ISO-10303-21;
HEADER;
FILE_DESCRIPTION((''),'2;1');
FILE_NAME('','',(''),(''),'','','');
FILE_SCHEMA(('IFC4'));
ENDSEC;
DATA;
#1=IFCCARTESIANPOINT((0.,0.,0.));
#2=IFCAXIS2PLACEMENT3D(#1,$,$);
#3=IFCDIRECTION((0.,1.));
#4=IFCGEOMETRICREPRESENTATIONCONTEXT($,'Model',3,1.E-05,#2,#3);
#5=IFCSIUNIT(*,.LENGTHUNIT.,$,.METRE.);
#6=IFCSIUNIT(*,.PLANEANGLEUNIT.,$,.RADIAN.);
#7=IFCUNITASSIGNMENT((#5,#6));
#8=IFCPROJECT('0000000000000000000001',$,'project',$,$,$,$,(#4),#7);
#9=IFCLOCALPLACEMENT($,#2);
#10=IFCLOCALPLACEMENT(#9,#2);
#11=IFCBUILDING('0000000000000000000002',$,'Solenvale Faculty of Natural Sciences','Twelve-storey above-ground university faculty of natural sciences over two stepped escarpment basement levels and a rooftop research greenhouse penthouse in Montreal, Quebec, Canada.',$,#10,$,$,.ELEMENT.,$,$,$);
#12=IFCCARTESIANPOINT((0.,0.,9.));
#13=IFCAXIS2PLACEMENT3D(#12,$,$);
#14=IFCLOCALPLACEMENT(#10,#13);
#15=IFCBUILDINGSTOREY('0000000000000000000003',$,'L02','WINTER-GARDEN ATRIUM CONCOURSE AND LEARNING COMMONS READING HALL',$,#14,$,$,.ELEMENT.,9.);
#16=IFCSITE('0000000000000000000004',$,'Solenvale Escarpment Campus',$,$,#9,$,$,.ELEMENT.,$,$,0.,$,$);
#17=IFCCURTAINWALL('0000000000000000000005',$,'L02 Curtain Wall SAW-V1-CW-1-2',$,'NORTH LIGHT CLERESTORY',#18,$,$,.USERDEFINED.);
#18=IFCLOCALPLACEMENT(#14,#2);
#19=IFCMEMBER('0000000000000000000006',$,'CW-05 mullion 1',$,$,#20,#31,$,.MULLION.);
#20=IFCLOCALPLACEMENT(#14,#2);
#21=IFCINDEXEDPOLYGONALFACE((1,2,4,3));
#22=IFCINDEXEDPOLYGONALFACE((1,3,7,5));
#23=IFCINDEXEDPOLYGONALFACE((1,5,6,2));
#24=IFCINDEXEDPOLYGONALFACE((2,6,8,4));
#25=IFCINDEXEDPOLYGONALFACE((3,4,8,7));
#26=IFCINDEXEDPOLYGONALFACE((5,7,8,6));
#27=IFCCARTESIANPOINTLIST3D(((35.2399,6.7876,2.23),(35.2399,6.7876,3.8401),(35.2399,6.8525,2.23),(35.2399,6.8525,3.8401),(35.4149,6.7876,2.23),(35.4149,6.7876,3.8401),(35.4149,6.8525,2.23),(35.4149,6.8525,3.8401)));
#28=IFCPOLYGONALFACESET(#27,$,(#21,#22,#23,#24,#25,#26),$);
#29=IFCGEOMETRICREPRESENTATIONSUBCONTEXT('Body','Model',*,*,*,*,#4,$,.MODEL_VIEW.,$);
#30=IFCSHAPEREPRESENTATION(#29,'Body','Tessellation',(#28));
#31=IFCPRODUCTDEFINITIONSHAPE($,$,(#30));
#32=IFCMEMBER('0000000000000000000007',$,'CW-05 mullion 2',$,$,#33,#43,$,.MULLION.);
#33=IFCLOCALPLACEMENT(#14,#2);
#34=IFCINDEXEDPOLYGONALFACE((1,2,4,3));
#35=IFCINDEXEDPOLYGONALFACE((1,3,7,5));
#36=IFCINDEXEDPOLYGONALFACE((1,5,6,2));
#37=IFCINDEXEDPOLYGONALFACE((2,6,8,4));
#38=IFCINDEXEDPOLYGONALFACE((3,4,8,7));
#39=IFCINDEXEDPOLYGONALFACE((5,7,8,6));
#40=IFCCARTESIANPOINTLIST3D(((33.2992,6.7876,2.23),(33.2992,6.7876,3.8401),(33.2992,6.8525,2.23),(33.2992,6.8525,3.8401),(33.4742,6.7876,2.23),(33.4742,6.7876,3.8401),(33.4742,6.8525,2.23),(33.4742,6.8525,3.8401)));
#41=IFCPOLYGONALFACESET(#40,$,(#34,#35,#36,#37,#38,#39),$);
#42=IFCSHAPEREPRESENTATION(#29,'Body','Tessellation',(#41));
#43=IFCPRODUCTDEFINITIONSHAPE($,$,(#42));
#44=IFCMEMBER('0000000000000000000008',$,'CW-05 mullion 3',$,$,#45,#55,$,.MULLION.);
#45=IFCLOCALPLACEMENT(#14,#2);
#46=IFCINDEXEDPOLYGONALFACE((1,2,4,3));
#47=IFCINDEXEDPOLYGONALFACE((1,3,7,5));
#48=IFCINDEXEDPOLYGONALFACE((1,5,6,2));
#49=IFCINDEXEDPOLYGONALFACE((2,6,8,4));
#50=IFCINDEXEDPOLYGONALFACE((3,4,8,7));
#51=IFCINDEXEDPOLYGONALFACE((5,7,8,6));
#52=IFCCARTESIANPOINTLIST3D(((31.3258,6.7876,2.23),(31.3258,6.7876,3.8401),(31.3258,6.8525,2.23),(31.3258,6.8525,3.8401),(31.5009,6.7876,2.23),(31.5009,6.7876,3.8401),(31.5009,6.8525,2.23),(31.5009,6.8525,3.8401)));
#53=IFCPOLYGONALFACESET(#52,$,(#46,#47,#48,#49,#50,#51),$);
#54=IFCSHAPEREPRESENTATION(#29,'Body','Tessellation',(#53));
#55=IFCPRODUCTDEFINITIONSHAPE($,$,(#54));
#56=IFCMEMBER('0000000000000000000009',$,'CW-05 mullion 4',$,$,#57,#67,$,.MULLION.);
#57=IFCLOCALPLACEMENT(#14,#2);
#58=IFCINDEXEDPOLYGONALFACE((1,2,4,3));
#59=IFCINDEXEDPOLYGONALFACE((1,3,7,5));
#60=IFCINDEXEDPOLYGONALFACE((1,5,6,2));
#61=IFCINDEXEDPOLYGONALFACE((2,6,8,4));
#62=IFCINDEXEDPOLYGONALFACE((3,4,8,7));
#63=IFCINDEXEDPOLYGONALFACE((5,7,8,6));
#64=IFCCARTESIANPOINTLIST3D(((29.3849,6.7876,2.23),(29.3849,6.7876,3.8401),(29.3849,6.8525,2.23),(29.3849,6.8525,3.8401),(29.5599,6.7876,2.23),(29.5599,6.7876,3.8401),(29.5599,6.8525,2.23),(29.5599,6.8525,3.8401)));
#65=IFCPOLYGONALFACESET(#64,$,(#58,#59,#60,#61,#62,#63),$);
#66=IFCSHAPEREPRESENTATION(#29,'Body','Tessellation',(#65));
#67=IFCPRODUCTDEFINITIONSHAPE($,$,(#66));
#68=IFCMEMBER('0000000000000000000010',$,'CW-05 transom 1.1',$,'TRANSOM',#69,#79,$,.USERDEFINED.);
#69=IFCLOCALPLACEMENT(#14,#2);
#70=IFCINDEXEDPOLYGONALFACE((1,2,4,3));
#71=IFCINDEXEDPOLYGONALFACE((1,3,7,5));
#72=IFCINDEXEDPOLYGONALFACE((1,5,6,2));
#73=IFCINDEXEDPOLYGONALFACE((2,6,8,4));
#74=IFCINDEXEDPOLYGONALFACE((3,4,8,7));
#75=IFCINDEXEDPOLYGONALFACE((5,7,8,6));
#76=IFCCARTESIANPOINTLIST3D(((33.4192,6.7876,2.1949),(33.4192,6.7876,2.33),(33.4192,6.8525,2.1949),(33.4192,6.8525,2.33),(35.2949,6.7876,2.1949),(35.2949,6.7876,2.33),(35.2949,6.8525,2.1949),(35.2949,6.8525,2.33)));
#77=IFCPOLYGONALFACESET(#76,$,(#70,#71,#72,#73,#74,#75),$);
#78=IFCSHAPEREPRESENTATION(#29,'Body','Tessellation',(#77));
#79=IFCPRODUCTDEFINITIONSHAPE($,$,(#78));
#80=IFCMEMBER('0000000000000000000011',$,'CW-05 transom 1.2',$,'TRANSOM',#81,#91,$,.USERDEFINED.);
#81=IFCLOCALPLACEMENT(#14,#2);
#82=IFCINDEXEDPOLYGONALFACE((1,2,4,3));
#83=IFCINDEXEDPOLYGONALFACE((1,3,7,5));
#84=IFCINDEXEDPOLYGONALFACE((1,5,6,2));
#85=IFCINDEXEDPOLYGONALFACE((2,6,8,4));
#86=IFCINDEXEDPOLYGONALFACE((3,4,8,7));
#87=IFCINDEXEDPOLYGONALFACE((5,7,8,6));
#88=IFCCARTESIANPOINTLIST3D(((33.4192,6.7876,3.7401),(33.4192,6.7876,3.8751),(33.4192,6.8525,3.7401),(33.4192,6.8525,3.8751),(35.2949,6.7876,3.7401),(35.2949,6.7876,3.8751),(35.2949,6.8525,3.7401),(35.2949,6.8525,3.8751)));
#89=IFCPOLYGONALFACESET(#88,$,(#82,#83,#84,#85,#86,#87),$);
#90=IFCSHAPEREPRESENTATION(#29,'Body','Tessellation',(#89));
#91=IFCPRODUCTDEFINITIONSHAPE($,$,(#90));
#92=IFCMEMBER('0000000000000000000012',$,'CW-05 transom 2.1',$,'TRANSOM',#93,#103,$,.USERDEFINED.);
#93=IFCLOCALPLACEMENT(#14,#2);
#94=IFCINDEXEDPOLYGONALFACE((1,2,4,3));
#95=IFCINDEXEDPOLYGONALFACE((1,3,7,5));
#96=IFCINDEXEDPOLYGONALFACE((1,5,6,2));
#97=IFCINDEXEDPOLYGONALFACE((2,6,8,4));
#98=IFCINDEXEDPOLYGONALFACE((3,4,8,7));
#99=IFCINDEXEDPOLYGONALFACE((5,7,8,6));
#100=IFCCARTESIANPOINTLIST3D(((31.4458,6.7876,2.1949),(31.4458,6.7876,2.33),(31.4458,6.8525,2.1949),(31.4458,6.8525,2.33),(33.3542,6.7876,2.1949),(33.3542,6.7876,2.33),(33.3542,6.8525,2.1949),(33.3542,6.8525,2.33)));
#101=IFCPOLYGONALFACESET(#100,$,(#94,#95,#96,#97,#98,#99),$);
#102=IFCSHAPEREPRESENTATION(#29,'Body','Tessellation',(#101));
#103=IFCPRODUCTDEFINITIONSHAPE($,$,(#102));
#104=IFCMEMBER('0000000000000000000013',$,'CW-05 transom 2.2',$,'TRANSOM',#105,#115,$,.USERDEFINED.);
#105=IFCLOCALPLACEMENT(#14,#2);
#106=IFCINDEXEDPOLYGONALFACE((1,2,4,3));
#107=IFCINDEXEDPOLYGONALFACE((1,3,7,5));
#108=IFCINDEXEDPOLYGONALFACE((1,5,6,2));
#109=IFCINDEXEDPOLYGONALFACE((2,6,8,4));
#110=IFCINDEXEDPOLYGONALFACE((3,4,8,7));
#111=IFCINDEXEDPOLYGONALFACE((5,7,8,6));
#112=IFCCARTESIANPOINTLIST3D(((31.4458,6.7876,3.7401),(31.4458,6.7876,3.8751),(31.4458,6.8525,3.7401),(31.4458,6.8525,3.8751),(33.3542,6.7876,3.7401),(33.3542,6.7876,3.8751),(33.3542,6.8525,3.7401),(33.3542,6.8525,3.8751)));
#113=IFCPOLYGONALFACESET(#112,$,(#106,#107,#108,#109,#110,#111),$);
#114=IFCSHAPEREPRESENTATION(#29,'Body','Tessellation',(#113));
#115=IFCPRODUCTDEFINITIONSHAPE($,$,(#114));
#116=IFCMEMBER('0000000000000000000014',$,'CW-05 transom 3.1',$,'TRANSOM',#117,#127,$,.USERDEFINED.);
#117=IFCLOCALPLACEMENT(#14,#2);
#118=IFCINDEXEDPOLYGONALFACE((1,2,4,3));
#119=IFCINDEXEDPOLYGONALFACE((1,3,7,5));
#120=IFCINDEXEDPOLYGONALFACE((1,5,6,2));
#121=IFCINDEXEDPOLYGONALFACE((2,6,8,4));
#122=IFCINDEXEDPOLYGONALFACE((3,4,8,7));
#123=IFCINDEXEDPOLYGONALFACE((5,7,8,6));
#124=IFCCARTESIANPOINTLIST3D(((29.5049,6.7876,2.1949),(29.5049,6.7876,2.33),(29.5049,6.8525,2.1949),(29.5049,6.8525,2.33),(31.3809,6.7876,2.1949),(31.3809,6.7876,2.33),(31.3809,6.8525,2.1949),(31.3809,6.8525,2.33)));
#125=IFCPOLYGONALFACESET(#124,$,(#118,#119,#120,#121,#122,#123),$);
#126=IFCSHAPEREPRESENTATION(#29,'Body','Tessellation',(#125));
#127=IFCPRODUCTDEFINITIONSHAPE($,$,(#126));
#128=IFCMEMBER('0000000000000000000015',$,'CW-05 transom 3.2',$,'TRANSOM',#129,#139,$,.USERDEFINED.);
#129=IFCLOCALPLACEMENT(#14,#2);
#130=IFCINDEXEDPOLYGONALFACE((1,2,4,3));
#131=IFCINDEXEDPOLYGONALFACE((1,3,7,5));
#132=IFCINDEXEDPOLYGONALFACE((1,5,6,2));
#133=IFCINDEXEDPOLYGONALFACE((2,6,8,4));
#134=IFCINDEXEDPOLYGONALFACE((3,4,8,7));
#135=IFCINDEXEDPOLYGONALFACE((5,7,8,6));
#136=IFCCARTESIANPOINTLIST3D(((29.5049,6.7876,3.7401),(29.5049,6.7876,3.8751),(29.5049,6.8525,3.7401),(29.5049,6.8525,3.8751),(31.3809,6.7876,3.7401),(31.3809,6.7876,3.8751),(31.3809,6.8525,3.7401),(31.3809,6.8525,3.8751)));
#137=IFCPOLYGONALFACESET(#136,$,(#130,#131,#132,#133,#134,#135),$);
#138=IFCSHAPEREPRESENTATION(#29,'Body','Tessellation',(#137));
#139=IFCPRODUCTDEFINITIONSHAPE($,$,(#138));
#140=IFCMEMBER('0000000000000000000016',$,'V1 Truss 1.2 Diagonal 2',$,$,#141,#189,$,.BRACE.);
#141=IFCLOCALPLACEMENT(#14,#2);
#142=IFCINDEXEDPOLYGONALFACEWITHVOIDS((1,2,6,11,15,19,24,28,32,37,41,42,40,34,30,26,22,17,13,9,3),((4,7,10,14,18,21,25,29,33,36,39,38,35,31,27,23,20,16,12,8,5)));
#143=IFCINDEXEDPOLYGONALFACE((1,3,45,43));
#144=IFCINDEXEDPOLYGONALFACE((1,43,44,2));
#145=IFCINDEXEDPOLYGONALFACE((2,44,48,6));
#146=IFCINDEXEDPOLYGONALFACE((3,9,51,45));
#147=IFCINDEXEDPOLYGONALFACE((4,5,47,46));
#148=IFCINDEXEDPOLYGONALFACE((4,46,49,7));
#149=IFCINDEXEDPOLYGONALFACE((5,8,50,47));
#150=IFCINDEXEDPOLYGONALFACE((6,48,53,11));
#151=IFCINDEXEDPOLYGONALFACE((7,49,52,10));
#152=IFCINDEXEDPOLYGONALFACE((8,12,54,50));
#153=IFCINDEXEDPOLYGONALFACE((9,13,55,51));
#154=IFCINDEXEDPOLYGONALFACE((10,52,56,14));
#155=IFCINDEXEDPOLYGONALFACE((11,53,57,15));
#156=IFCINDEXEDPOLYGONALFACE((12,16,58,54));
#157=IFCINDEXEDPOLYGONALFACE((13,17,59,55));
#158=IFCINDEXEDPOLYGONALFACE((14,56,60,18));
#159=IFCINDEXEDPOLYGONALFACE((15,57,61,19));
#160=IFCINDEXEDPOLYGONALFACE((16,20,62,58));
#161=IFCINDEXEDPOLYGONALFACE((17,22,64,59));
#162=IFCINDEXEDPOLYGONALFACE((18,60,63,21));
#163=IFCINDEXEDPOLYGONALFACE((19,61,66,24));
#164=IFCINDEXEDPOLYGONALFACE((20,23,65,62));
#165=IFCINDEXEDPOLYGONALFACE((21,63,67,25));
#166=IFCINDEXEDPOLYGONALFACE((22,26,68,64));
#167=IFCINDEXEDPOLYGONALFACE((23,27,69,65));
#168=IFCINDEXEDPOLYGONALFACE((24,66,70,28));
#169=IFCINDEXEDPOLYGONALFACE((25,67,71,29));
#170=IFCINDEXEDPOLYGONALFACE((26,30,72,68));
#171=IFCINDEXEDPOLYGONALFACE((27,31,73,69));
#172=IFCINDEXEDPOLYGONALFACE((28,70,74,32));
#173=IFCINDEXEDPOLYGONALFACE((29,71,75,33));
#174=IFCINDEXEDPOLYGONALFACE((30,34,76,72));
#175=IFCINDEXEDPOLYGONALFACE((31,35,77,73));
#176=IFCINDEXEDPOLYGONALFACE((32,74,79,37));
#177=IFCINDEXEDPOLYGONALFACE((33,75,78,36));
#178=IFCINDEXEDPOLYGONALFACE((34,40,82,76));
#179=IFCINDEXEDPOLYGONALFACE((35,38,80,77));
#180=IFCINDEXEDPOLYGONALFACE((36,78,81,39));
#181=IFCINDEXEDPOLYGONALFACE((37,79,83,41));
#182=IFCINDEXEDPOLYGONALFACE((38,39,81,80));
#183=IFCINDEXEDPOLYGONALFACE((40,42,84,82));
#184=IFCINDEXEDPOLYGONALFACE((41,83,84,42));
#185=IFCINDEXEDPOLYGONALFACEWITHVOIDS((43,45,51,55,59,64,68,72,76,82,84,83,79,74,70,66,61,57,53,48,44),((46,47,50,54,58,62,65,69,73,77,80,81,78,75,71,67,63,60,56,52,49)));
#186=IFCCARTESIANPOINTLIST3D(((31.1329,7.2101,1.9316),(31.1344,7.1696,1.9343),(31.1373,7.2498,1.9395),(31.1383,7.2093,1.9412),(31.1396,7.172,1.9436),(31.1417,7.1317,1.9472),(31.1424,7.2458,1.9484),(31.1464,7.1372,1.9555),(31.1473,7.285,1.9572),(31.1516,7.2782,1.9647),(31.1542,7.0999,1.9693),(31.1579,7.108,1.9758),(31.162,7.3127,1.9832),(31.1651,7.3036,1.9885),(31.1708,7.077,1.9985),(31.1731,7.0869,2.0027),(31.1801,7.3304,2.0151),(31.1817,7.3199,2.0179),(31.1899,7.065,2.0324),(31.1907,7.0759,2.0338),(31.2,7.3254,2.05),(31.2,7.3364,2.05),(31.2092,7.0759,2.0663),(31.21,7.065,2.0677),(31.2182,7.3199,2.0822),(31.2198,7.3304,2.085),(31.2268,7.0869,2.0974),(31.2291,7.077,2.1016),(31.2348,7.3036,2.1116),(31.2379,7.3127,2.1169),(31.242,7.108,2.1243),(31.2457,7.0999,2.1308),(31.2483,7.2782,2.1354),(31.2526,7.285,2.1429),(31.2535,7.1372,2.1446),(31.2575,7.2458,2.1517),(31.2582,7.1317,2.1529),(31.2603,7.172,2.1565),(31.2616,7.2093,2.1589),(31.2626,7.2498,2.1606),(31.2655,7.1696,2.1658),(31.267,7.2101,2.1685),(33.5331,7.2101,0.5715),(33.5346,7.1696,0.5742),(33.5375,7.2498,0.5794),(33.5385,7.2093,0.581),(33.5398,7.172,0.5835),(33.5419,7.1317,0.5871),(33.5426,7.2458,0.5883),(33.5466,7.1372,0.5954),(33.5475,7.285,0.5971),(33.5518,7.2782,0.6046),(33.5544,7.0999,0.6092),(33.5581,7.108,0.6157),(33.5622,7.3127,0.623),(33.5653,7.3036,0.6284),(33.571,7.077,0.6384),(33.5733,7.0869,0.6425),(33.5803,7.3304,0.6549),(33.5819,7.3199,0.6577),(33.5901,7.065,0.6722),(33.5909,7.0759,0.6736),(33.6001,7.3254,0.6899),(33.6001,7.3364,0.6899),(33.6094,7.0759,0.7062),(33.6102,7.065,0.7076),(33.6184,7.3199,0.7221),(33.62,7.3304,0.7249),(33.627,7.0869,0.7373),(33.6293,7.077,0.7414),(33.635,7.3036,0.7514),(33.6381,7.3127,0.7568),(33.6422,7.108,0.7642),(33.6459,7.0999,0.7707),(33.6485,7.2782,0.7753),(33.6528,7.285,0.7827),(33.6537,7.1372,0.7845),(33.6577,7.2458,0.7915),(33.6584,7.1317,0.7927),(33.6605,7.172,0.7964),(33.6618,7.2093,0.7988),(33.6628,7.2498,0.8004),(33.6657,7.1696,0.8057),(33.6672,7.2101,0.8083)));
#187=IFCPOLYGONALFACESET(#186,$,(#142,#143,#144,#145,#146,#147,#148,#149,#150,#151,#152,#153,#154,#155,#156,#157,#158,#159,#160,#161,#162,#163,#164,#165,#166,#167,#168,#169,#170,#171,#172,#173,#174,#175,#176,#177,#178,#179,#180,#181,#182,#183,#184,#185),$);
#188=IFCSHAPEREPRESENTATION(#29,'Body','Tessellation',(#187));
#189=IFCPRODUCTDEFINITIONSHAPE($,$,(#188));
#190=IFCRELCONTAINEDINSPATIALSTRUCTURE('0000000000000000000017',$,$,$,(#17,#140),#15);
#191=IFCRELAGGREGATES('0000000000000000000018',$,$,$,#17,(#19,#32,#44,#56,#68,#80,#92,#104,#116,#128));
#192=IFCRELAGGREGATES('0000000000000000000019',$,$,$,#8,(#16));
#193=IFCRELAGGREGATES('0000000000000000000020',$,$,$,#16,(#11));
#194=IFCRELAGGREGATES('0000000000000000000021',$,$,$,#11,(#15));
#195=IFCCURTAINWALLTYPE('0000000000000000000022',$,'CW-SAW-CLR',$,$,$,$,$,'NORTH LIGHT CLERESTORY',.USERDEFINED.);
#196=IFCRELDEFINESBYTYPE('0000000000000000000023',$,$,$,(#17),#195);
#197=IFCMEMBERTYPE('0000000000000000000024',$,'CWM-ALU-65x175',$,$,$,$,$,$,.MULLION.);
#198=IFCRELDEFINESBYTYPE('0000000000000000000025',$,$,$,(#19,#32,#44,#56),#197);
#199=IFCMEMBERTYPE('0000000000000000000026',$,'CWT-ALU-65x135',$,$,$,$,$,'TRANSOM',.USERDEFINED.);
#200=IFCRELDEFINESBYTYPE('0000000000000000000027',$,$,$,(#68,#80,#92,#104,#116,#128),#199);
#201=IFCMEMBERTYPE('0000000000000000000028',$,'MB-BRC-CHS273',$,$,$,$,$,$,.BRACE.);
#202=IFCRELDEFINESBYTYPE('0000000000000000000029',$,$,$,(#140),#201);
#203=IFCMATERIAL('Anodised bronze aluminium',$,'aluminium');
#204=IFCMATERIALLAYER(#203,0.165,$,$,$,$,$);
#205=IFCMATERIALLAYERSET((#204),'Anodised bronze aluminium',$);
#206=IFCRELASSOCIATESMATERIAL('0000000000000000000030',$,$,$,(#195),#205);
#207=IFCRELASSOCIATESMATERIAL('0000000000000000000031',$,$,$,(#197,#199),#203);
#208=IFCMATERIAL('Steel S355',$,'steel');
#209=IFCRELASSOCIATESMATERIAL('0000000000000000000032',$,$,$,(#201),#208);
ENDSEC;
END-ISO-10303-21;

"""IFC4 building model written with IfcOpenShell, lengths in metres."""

from ifc_helpers import new_model, si_unit, direction, frame, origin, origin_2d, place, context, subcontext, project, spatial, rectangle, hollow_circle, extrude, material, layer, layer_set, material_profile, profile_set, type_object, element, aggregate, save


model = new_model("IFC4")

# Units and contexts
model_context = context("Model", 3, precision=1e-05, world=origin(), true_north=direction((0.0, 1.0)))
body_context = subcontext(model_context, "Body", "Model", "MODEL_VIEW")
ifc_project = project(units=[si_unit("LENGTHUNIT", "METRE"), si_unit("PLANEANGLEUNIT", "RADIAN")], contexts=[model_context])

# Site, building, storey
site_placement = place(None, origin())
site = spatial("IfcSite", under=ifc_project, at=site_placement, Name="Solenvale Escarpment Campus", CompositionType="ELEMENT", RefElevation=0.0)
building_placement = place(site_placement, origin())
building = spatial("IfcBuilding", under=site, at=building_placement, Name="Solenvale Faculty of Natural Sciences", Description="Twelve-storey above-ground university faculty of natural sciences over two stepped escarpment basement levels and a rooftop research greenhouse penthouse in Montreal, Quebec, Canada.", CompositionType="ELEMENT")
storey_placement = place(building_placement, frame((0.0, 0.0, 9.0)))
storey = spatial("IfcBuildingStorey", under=building, at=storey_placement, Name="L02", Description="WINTER-GARDEN ATRIUM CONCOURSE AND LEARNING COMMONS READING HALL", CompositionType="ELEMENT", Elevation=9.0)

# Shared definitions
ifc_material_1 = material(Name="Steel S355", Category="steel")

# Curtain wall, members
ifc_material_2 = material(Name="Anodised bronze aluminium", Category="aluminium")
ifc_layer_1 = layer(ifc_material_2, 0.165)
ifc_layer_set_1 = layer_set([ifc_layer_1], Name="Anodised bronze aluminium")
curtain_wall_type = type_object("IfcCurtainWallType", Name="CW-SAW-CLR", ElementType="NORTH LIGHT CLERESTORY", PredefinedType="USERDEFINED", material=ifc_layer_set_1)
curtain_wall_placement = place(storey_placement, origin())
curtain_wall = element("IfcCurtainWall", 1, at=curtain_wall_placement, inside=storey, type_object=curtain_wall_type, Name="L02 Curtain Wall SAW-V1-CW-1-2", ObjectType="NORTH LIGHT CLERESTORY", PredefinedType="USERDEFINED")
ifc_material_profile_1 = material_profile(ifc_material_2, rectangle(XDim=0.0649, YDim=0.175, at=origin_2d()), Name="ALU-MUL-65x175")
ifc_profile_set_1 = profile_set([ifc_material_profile_1], Name="Anodised bronze aluminium")
member_type_1 = type_object("IfcMemberType", Name="CWM-ALU-65x175", PredefinedType="MULLION", material=ifc_profile_set_1)
member_1_placement = place(storey_placement, frame((35.3274, 6.8201, 2.23), z_axis=(0.0, 0.0, 1.0), x_axis=(0.0, -1.0, 0.0)))
member_1 = element("IfcMember", 2, at=member_1_placement, type_object=member_type_1, Name="CW-05 mullion 1", PredefinedType="MULLION", context=body_context, shape_type="SweptSolid", body=[
    extrude(rectangle(XDim=0.0649, YDim=0.175, at=origin_2d()), origin(), (0.0, 0.0, 1.0), 1.6101),
])
member_2_placement = place(storey_placement, frame((33.3867, 6.8201, 2.23), z_axis=(0.0, 0.0, 1.0), x_axis=(0.0, -1.0, 0.0)))
member_2 = element("IfcMember", 3, at=member_2_placement, type_object=member_type_1, Name="CW-05 mullion 2", PredefinedType="MULLION", context=body_context, shape_type="SweptSolid", body=[
    extrude(rectangle(XDim=0.0649, YDim=0.175, at=origin_2d()), origin(), (0.0, 0.0, 1.0), 1.6101),
])
member_3_placement = place(storey_placement, frame((31.4133, 6.8201, 2.23), z_axis=(0.0, 0.0, 1.0), x_axis=(0.0, -1.0, 0.0)))
member_3 = element("IfcMember", 4, at=member_3_placement, type_object=member_type_1, Name="CW-05 mullion 3", PredefinedType="MULLION", context=body_context, shape_type="SweptSolid", body=[
    extrude(rectangle(XDim=0.0649, YDim=0.175, at=origin_2d()), origin(), (0.0, 0.0, 1.0), 1.6101),
])
member_4_placement = place(storey_placement, frame((29.4724, 6.8201, 2.23), z_axis=(0.0, 0.0, 1.0), x_axis=(0.0, -1.0, 0.0)))
member_4 = element("IfcMember", 5, at=member_4_placement, type_object=member_type_1, Name="CW-05 mullion 4", PredefinedType="MULLION", context=body_context, shape_type="SweptSolid", body=[
    extrude(rectangle(XDim=0.0649, YDim=0.175, at=origin_2d()), origin(), (0.0, 0.0, 1.0), 1.6101),
])
ifc_material_profile_2 = material_profile(ifc_material_2, rectangle(XDim=0.0649, YDim=0.135, at=origin_2d()), Name="ALU-TRN-65x135")
ifc_profile_set_2 = profile_set([ifc_material_profile_2], Name="Anodised bronze aluminium")
member_type_2 = type_object("IfcMemberType", Name="CWT-ALU-65x135", ElementType="TRANSOM", PredefinedType="USERDEFINED", material=ifc_profile_set_2)
member_5_placement = place(storey_placement, frame((35.2949, 6.8201, 2.2625), z_axis=(-1.0, 0.0, 0.0), x_axis=(0.0, -1.0, 0.0)))
member_5 = element("IfcMember", 6, at=member_5_placement, type_object=member_type_2, Name="CW-05 transom 1.1", ObjectType="TRANSOM", PredefinedType="USERDEFINED", context=body_context, shape_type="SweptSolid", body=[
    extrude(rectangle(XDim=0.0649, YDim=0.135, at=origin_2d()), origin(), (0.0, 0.0, 1.0), 1.8757),
])
member_6_placement = place(storey_placement, frame((35.2949, 6.8201, 3.8076), z_axis=(-1.0, 0.0, 0.0), x_axis=(0.0, -1.0, 0.0)))
member_6 = element("IfcMember", 7, at=member_6_placement, type_object=member_type_2, Name="CW-05 transom 1.2", ObjectType="TRANSOM", PredefinedType="USERDEFINED", context=body_context, shape_type="SweptSolid", body=[
    extrude(rectangle(XDim=0.0649, YDim=0.135, at=origin_2d()), origin(), (0.0, 0.0, 1.0), 1.8757),
])
member_7_placement = place(storey_placement, frame((33.3542, 6.8201, 2.2625), z_axis=(-1.0, 0.0, 0.0), x_axis=(0.0, -1.0, 0.0)))
member_7 = element("IfcMember", 8, at=member_7_placement, type_object=member_type_2, Name="CW-05 transom 2.1", ObjectType="TRANSOM", PredefinedType="USERDEFINED", context=body_context, shape_type="SweptSolid", body=[
    extrude(rectangle(XDim=0.0649, YDim=0.135, at=origin_2d()), origin(), (0.0, 0.0, 1.0), 1.9084),
])
member_8_placement = place(storey_placement, frame((33.3542, 6.8201, 3.8076), z_axis=(-1.0, 0.0, 0.0), x_axis=(0.0, -1.0, 0.0)))
member_8 = element("IfcMember", 9, at=member_8_placement, type_object=member_type_2, Name="CW-05 transom 2.2", ObjectType="TRANSOM", PredefinedType="USERDEFINED", context=body_context, shape_type="SweptSolid", body=[
    extrude(rectangle(XDim=0.0649, YDim=0.135, at=origin_2d()), origin(), (0.0, 0.0, 1.0), 1.9084),
])
member_9_placement = place(storey_placement, frame((31.3809, 6.8201, 2.2625), z_axis=(-1.0, 0.0, 0.0), x_axis=(0.0, -1.0, 0.0)))
member_9 = element("IfcMember", 10, at=member_9_placement, type_object=member_type_2, Name="CW-05 transom 3.1", ObjectType="TRANSOM", PredefinedType="USERDEFINED", context=body_context, shape_type="SweptSolid", body=[
    extrude(rectangle(XDim=0.0649, YDim=0.135, at=origin_2d()), origin(), (0.0, 0.0, 1.0), 1.876),
])
member_10_placement = place(storey_placement, frame((31.3809, 6.8201, 3.8076), z_axis=(-1.0, 0.0, 0.0), x_axis=(0.0, -1.0, 0.0)))
member_10 = element("IfcMember", 11, at=member_10_placement, type_object=member_type_2, Name="CW-05 transom 3.2", ObjectType="TRANSOM", PredefinedType="USERDEFINED", context=body_context, shape_type="SweptSolid", body=[
    extrude(rectangle(XDim=0.0649, YDim=0.135, at=origin_2d()), origin(), (0.0, 0.0, 1.0), 1.876),
])

# Member
ifc_material_profile_3 = material_profile(ifc_material_1, hollow_circle(Radius=0.1365, WallThickness=0.011, at=origin_2d()), Name="HSS273x11")
ifc_profile_set_3 = profile_set([ifc_material_profile_3], Name="Steel S355")
member_type_3 = type_object("IfcMemberType", Name="MB-BRC-CHS273", PredefinedType="BRACE", material=ifc_profile_set_3)
member_11_placement = place(storey_placement, frame((31.2, 7.2, 2.05), z_axis=(0.870018, 0.0, -0.493019), x_axis=(0.0, 1.0, 0.0)))
element("IfcMember", 12, at=member_11_placement, inside=storey, type_object=member_type_3, Name="V1 Truss 1.2 Diagonal 2", PredefinedType="BRACE", context=body_context, shape_type="SweptSolid", body=[
    extrude(hollow_circle(Radius=0.1365, WallThickness=0.011, at=origin_2d()), origin(), (0.0, 0.0, 1.0), 2.7588),
])

aggregate(curtain_wall, [member_1, member_2, member_3, member_4, member_5, member_6, member_7, member_8, member_9, member_10])

save(model, "model.ifc")
